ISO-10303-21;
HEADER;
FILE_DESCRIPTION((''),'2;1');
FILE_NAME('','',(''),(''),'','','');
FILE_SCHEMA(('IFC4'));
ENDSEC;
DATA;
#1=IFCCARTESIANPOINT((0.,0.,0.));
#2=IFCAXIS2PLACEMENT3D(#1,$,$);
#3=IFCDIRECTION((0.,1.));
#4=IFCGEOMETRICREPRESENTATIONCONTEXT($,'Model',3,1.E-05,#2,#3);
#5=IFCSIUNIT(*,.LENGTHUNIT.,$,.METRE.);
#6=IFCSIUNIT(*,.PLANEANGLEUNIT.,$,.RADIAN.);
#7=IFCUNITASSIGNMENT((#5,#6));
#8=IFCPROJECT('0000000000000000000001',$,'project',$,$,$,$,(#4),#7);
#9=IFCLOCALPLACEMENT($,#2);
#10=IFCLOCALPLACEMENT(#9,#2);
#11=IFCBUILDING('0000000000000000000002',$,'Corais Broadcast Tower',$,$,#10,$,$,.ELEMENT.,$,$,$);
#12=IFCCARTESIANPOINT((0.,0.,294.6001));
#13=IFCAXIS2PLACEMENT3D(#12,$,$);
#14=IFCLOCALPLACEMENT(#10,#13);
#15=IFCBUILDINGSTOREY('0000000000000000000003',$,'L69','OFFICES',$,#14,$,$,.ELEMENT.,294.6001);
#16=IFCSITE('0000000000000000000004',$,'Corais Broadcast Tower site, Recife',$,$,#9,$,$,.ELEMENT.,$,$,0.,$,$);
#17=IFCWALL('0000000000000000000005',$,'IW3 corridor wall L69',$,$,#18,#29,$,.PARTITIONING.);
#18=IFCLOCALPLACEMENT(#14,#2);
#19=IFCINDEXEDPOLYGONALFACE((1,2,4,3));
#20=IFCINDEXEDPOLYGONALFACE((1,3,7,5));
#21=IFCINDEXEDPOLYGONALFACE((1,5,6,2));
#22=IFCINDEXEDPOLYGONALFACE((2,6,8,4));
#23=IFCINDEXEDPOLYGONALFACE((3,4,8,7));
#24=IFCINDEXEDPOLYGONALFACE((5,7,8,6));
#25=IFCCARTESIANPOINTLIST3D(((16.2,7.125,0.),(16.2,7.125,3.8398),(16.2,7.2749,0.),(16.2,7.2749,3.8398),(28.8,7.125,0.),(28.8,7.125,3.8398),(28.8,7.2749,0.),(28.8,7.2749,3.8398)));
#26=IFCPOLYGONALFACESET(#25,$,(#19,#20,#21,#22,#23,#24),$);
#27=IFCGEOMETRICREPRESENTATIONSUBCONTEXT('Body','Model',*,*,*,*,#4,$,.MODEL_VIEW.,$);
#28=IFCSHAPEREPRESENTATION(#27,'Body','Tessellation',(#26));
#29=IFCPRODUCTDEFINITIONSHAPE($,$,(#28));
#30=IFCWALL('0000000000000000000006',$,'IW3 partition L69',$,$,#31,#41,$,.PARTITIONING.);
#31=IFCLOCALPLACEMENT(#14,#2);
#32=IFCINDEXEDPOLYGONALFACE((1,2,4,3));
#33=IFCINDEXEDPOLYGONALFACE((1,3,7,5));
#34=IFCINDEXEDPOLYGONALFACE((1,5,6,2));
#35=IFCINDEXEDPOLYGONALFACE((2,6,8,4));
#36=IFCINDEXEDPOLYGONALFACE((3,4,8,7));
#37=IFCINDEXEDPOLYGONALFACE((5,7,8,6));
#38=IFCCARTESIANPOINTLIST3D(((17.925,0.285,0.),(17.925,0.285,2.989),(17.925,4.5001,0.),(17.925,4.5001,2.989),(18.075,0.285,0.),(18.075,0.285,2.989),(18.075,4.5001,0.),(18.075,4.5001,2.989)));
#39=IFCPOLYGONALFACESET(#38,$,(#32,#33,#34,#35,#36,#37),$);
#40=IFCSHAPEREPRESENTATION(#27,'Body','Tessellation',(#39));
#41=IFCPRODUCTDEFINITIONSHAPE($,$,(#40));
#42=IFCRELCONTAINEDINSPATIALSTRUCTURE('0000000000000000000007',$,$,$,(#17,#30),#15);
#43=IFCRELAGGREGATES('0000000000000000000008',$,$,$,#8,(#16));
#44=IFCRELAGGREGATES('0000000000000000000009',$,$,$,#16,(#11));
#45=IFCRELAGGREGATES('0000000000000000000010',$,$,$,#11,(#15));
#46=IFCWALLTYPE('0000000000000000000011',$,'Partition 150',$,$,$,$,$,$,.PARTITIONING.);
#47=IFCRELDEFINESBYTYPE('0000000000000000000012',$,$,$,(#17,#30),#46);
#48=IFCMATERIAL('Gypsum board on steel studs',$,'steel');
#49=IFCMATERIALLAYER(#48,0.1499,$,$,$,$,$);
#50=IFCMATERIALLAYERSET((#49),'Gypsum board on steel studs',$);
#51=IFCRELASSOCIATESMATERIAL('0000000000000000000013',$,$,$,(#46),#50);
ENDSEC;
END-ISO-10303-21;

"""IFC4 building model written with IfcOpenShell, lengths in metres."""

from ifc_helpers import new_model, si_unit, direction, frame, frame_2d, origin, place, context, subcontext, project, spatial, rectangle, extrude, material, layer, layer_set, type_object, element, save


model = new_model("IFC4")

# Units and contexts
model_context = context("Model", 3, precision=1e-05, world=origin(), true_north=direction((0.0, 1.0)))
body_context = subcontext(model_context, "Body", "Model", "MODEL_VIEW")
ifc_project = project(units=[si_unit("LENGTHUNIT", "METRE"), si_unit("PLANEANGLEUNIT", "RADIAN")], contexts=[model_context])

# Site, building, storey
site_placement = place(None, origin())
site = spatial("IfcSite", under=ifc_project, at=site_placement, Name="Corais Broadcast Tower site, Recife", CompositionType="ELEMENT", RefElevation=0.0)
building_placement = place(site_placement, origin())
building = spatial("IfcBuilding", under=site, at=building_placement, Name="Corais Broadcast Tower", CompositionType="ELEMENT")
storey_placement = place(building_placement, frame((0.0, 0.0, 294.6001)))
storey = spatial("IfcBuildingStorey", under=building, at=storey_placement, Name="L69", Description="OFFICES", CompositionType="ELEMENT", Elevation=294.6001)

# Walls
ifc_material_1 = material(Name="Gypsum board on steel studs", Category="steel")
ifc_layer_1 = layer(ifc_material_1, 0.1499)
ifc_layer_set_1 = layer_set([ifc_layer_1], Name="Gypsum board on steel studs")
wall_type = type_object("IfcWallType", Name="Partition 150", PredefinedType="PARTITIONING", material=ifc_layer_set_1)
wall_1_placement = place(storey_placement, frame((16.2, 7.2, 0.0), z_axis=(0.0, 0.0, 1.0), x_axis=(1.0, 0.0, 0.0)))
element("IfcWall", 1, at=wall_1_placement, inside=storey, type_object=wall_type, Name="IW3 corridor wall L69", PredefinedType="PARTITIONING", context=body_context, shape_type="SweptSolid", body=[
    extrude(rectangle(XDim=12.6001, YDim=0.1499, at=frame_2d((6.3, 0.0))), origin(), (0.0, 0.0, 1.0), 3.8398),
])
wall_2_placement = place(storey_placement, frame((18.0, 4.5, 0.0), z_axis=(0.0, 0.0, 1.0), x_axis=(0.0, -1.0, 0.0)))
element("IfcWall", 2, at=wall_2_placement, inside=storey, type_object=wall_type, Name="IW3 partition L69", PredefinedType="PARTITIONING", context=body_context, shape_type="SweptSolid", body=[
    extrude(rectangle(XDim=4.2151, YDim=0.1499, at=frame_2d((2.1074, 0.0))), origin(), (0.0, 0.0, 1.0), 2.989),
])

save(model, "model.ifc")
